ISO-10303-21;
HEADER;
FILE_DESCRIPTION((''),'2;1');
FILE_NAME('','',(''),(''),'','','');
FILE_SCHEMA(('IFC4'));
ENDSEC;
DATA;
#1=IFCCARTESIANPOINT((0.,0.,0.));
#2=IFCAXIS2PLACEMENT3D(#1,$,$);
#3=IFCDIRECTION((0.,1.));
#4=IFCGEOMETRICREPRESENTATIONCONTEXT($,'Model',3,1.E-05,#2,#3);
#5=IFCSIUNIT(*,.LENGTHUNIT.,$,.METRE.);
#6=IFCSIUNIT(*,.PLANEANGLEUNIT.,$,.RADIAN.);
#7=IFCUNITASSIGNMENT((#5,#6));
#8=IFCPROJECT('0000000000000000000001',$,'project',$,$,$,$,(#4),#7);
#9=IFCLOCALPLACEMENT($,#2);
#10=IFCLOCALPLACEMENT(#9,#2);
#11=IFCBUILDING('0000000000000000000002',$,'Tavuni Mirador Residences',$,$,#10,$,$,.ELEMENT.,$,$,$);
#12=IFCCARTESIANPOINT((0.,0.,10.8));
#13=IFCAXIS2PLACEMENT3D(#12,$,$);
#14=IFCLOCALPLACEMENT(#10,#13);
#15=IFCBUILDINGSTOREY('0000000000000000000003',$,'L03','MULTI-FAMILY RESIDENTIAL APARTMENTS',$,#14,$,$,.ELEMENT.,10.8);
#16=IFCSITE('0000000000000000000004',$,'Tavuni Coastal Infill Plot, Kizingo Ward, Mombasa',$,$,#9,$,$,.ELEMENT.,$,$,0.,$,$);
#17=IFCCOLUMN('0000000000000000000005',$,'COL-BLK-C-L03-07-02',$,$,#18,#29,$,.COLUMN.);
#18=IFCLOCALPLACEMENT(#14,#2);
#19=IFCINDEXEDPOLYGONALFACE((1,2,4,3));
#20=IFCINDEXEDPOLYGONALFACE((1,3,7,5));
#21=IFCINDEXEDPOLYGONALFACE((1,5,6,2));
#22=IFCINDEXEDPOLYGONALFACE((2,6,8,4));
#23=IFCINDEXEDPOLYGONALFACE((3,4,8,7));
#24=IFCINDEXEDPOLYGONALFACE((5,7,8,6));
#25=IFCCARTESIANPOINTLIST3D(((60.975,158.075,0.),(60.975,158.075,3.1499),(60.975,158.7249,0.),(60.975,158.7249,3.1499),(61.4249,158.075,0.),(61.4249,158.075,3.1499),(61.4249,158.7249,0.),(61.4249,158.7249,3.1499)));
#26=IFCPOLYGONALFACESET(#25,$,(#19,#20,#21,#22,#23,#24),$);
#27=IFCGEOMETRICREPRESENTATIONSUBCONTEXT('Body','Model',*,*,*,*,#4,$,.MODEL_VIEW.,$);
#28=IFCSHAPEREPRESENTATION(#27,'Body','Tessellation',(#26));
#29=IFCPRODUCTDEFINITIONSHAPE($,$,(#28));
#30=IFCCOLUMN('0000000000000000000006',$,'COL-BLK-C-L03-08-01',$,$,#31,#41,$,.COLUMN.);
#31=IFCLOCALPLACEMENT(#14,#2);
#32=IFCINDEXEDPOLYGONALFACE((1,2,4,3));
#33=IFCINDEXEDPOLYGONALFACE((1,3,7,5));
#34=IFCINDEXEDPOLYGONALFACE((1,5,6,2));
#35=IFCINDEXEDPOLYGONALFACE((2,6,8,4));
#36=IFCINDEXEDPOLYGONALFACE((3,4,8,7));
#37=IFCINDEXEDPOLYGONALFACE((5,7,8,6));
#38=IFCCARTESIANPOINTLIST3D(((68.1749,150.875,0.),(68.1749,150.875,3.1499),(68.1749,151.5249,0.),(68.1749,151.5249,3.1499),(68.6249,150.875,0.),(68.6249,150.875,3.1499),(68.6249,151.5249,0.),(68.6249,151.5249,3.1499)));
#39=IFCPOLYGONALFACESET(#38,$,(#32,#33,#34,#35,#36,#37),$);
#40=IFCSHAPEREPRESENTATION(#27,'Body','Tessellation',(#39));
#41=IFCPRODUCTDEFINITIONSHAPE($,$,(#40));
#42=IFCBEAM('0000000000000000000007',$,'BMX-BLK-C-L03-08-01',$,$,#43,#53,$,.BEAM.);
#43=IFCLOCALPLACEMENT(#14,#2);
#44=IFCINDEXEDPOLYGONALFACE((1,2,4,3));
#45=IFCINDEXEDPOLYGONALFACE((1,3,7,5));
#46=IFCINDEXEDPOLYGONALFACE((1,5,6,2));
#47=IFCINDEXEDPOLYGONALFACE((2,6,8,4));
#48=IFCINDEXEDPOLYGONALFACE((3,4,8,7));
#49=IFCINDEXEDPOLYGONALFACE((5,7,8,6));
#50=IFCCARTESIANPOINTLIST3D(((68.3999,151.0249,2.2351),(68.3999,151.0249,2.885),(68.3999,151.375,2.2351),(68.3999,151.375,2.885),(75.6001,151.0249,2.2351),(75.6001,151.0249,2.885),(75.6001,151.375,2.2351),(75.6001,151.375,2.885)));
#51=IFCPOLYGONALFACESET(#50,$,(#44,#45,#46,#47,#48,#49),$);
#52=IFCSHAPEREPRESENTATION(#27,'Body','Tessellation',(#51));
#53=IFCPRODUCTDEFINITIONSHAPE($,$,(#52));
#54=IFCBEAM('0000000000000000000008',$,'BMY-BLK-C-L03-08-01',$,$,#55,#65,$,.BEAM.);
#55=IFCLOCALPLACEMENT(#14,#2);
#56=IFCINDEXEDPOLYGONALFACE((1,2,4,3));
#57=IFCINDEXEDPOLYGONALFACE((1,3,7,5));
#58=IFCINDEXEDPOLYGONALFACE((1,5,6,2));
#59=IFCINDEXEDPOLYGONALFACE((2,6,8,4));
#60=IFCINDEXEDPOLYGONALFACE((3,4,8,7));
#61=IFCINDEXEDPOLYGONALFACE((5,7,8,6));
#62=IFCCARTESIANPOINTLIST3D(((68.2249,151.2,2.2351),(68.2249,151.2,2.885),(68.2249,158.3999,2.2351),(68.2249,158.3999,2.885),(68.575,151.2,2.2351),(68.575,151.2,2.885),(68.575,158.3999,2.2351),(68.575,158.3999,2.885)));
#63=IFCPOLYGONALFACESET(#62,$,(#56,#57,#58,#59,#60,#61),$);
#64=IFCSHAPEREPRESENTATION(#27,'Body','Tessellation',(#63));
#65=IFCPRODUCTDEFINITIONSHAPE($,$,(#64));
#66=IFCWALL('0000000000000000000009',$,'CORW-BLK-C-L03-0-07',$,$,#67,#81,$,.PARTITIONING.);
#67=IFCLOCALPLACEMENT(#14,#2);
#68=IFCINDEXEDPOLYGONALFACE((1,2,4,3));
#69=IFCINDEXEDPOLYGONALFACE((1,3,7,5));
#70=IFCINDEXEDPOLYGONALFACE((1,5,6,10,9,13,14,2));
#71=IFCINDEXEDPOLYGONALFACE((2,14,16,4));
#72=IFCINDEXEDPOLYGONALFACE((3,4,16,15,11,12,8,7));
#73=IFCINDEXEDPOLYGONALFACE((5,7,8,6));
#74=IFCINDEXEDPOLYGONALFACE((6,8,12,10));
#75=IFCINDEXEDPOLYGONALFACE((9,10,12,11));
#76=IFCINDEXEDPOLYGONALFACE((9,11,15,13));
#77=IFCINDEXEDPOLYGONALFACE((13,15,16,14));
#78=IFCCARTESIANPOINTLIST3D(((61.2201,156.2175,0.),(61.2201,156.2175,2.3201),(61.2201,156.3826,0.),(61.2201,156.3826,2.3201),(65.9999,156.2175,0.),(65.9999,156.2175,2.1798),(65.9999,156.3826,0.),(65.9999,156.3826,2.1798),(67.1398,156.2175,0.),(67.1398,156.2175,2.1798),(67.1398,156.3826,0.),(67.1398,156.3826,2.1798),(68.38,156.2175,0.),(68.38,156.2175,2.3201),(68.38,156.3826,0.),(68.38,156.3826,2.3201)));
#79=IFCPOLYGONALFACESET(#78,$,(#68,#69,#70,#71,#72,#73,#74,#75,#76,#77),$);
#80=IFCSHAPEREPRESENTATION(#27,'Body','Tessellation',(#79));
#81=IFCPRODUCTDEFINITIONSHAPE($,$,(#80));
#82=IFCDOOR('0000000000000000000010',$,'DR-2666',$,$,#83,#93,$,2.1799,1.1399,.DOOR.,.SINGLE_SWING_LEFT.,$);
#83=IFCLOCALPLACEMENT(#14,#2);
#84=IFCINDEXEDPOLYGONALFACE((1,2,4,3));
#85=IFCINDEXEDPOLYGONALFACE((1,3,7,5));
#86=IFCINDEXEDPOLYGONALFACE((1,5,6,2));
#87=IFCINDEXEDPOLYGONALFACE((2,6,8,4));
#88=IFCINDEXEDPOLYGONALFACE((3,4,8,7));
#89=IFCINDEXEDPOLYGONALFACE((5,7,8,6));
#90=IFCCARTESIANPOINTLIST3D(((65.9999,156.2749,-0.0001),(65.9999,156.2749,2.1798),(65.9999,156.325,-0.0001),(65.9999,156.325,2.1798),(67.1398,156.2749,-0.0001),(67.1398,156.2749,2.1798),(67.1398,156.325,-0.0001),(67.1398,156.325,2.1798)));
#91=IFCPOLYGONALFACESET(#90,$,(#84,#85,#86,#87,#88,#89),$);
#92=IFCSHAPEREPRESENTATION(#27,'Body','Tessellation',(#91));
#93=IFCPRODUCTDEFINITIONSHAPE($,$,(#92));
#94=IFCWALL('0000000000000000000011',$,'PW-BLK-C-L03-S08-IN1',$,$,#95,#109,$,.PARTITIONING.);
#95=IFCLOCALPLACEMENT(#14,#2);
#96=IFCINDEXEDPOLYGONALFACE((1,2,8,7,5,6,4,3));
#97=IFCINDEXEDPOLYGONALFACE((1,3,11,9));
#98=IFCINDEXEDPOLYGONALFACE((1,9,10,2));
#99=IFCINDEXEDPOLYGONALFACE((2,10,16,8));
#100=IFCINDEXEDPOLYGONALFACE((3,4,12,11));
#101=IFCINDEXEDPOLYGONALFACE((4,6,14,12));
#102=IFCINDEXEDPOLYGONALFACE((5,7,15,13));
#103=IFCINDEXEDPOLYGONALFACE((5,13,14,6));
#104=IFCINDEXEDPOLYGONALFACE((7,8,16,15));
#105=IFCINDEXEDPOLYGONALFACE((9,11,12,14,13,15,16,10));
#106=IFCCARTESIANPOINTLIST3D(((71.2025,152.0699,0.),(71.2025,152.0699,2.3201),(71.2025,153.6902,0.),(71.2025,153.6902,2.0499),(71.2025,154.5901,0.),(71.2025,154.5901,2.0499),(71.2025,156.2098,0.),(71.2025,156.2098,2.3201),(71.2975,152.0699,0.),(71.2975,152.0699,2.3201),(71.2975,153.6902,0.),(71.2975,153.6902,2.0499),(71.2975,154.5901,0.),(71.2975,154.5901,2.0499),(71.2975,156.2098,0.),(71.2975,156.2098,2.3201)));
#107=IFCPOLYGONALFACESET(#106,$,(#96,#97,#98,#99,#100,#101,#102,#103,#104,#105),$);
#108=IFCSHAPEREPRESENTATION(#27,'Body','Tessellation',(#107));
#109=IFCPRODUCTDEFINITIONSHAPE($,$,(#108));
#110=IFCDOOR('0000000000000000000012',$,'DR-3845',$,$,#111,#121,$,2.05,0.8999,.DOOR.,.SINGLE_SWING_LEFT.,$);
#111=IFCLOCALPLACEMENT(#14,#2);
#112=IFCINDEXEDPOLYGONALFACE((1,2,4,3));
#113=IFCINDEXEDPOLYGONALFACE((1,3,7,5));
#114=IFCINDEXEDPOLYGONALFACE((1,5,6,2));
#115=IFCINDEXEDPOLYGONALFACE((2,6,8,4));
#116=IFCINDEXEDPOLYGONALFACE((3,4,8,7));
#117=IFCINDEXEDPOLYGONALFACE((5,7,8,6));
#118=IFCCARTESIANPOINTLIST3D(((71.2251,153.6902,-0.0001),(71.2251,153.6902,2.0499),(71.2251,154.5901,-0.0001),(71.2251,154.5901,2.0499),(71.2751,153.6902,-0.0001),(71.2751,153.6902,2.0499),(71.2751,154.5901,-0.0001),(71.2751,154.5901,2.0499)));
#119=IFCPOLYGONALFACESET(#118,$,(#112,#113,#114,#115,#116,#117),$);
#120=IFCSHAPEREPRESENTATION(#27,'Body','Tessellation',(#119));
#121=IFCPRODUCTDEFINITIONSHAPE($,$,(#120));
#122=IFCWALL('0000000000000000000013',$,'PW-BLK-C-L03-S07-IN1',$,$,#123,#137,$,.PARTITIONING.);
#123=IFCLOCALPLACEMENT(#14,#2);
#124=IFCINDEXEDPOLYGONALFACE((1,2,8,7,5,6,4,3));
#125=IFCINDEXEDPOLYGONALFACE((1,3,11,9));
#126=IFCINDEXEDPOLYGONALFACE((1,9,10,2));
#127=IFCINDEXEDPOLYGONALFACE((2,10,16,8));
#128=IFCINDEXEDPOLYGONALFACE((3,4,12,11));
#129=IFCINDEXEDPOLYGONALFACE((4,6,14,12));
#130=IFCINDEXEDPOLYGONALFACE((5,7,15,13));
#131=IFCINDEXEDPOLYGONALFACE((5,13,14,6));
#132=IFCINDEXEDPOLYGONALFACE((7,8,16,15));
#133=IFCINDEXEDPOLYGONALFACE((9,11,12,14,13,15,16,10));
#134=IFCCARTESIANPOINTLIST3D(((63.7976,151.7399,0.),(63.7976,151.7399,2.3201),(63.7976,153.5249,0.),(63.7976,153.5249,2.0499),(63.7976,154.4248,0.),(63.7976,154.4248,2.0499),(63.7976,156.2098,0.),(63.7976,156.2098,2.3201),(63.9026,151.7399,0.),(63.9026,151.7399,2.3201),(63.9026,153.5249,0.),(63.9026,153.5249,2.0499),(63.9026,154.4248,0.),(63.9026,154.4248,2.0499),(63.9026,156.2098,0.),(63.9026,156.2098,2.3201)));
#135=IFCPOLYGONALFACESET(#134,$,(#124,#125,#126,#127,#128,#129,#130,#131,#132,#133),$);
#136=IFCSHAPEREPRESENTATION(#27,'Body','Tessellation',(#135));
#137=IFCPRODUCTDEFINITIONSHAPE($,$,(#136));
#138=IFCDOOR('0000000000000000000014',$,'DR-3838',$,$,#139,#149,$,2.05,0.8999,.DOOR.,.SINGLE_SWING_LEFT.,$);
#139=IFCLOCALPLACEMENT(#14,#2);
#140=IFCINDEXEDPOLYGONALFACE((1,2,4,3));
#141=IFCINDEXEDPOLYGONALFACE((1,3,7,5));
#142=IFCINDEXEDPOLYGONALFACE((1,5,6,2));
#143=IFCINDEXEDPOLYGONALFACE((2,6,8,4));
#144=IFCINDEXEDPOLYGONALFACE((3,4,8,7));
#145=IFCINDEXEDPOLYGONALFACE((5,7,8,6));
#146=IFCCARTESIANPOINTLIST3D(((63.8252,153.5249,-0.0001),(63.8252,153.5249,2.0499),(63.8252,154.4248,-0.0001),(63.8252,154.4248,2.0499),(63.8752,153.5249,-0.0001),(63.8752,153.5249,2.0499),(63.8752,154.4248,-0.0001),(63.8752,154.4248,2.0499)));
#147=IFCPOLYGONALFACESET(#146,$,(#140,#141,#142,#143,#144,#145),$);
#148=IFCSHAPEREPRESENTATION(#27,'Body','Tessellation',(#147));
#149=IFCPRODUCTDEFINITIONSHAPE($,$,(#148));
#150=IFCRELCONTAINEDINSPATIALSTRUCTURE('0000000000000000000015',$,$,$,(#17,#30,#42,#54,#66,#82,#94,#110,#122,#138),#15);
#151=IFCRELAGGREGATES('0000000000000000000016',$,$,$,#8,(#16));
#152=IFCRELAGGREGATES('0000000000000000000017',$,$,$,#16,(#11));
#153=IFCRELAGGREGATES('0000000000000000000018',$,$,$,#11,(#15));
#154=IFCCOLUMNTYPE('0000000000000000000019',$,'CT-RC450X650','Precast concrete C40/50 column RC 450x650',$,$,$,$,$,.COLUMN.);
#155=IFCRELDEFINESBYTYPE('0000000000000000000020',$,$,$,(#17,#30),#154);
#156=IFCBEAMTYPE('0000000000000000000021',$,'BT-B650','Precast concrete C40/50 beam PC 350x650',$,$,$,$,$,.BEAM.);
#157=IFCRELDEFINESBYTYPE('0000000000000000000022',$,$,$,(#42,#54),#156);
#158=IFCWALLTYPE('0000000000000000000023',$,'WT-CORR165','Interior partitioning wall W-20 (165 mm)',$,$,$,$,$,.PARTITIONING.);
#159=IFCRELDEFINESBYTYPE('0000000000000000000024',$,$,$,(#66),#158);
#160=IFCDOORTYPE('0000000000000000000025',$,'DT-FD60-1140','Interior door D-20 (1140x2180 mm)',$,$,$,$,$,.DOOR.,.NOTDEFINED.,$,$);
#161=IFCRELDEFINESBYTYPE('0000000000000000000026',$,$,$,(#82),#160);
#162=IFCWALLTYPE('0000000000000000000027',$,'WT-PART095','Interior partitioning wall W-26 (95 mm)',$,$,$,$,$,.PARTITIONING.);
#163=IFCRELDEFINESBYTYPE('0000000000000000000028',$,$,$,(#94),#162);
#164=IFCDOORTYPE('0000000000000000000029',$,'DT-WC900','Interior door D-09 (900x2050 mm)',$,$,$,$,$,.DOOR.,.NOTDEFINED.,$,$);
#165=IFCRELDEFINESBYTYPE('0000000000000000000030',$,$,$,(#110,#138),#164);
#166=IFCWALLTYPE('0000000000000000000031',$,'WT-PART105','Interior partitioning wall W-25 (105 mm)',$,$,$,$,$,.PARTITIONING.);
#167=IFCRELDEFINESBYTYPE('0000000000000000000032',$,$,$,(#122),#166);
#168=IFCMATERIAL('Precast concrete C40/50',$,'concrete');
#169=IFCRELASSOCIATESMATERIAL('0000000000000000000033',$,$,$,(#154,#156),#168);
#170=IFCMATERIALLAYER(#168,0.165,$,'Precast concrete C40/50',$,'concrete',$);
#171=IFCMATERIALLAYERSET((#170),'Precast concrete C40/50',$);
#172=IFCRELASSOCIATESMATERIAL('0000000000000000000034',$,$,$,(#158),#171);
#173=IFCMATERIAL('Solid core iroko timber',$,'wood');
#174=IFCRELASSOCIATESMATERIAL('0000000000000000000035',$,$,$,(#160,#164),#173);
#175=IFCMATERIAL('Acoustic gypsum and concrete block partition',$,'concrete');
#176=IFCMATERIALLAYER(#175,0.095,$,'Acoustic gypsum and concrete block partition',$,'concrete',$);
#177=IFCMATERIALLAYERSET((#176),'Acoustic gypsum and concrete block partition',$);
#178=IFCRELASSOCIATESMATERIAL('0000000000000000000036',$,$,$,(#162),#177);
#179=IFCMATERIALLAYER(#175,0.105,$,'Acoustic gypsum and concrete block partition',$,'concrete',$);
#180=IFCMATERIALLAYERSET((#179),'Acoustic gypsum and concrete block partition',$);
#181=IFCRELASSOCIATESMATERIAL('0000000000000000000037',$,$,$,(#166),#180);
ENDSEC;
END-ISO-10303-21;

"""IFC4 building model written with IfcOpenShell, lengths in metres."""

from ifc_helpers import new_model, si_unit, direction, frame, frame_2d, origin, origin_2d, place, context, subcontext, project, spatial, rectangle, extrude, material, layer, layer_set, material_profile, profile_set, type_object, element, fill, save


model = new_model("IFC4")

# Units and contexts
model_context = context("Model", 3, precision=1e-05, world=origin(), true_north=direction((0.0, 1.0)))
body_context = subcontext(model_context, "Body", "Model", "MODEL_VIEW")
ifc_project = project(units=[si_unit("LENGTHUNIT", "METRE"), si_unit("PLANEANGLEUNIT", "RADIAN")], contexts=[model_context])

# Site, building, storey
site_placement = place(None, origin())
site = spatial("IfcSite", under=ifc_project, at=site_placement, Name="Tavuni Coastal Infill Plot, Kizingo Ward, Mombasa", CompositionType="ELEMENT", RefElevation=0.0)
building_placement = place(site_placement, origin())
building = spatial("IfcBuilding", under=site, at=building_placement, Name="Tavuni Mirador Residences", CompositionType="ELEMENT")
storey_placement = place(building_placement, frame((0.0, 0.0, 10.8)))
storey = spatial("IfcBuildingStorey", under=building, at=storey_placement, Name="L03", Description="MULTI-FAMILY RESIDENTIAL APARTMENTS", CompositionType="ELEMENT", Elevation=10.8)

# Columns
ifc_material_1 = material(Name="Precast concrete C40/50", Category="concrete")
ifc_material_profile_1 = material_profile(ifc_material_1, rectangle(XDim=0.45, YDim=0.6499, at=origin_2d()), Name="RC 450x650", Category="concrete")
ifc_profile_set_1 = profile_set([ifc_material_profile_1], Name="Precast concrete C40/50")
column_type = type_object("IfcColumnType", Name="CT-RC450X650", Description="Precast concrete C40/50 column RC 450x650", PredefinedType="COLUMN", material=ifc_profile_set_1)
for number, where, z_axis, x_axis, name in (
    (1, (61.2, 158.3999, 0.0), (0.0, 0.0, 1.0), (1.0, 0.0, 0.0), "COL-BLK-C-L03-07-02"),
    (2, (68.3999, 151.2, 0.0), (0.0, 0.0, 1.0), (1.0, 0.0, 0.0), "COL-BLK-C-L03-08-01"),
):
    element("IfcColumn", number, at=place(storey_placement, frame(where, z_axis=z_axis, x_axis=x_axis)), inside=storey, type_object=column_type, Name=name, PredefinedType="COLUMN", context=body_context, shape_type="SweptSolid", body=[
        extrude(rectangle(XDim=0.45, YDim=0.6499, at=origin_2d()), origin(), (0.0, 0.0, 1.0), 3.1499),
    ])

# Beams
ifc_material_profile_2 = material_profile(ifc_material_1, rectangle(XDim=0.3501, YDim=0.6499, at=origin_2d()), Name="PC 350x650", Category="concrete")
ifc_profile_set_2 = profile_set([ifc_material_profile_2], Name="Precast concrete C40/50")
beam_type = type_object("IfcBeamType", Name="BT-B650", Description="Precast concrete C40/50 beam PC 350x650", PredefinedType="BEAM", material=ifc_profile_set_2)
beam_1_placement = place(storey_placement, frame((68.3999, 151.2, 2.5601), z_axis=(1.0, 0.0, 0.0), x_axis=(0.0, 1.0, 0.0)))
element("IfcBeam", 3, at=beam_1_placement, inside=storey, type_object=beam_type, Name="BMX-BLK-C-L03-08-01", PredefinedType="BEAM", context=body_context, shape_type="SweptSolid", body=[
    extrude(rectangle(XDim=0.3501, YDim=0.6499, at=origin_2d()), origin(), (0.0, 0.0, 1.0), 7.2002),
])
beam_2_placement = place(storey_placement, frame((68.3999, 151.2, 2.5601), z_axis=(0.0, 1.0, 0.0), x_axis=(-1.0, 0.0, 0.0)))
element("IfcBeam", 4, at=beam_2_placement, inside=storey, type_object=beam_type, Name="BMY-BLK-C-L03-08-01", PredefinedType="BEAM", context=body_context, shape_type="SweptSolid", body=[
    extrude(rectangle(XDim=0.3501, YDim=0.6499, at=origin_2d()), origin(), (0.0, 0.0, 1.0), 7.2),
])

# Walls, openings, doors
ifc_layer_1 = layer(ifc_material_1, 0.165, Name="Precast concrete C40/50", Category="concrete")
ifc_layer_set_1 = layer_set([ifc_layer_1], Name="Precast concrete C40/50")
wall_type_1 = type_object("IfcWallType", Name="WT-CORR165", Description="Interior partitioning wall W-20 (165 mm)", PredefinedType="PARTITIONING", material=ifc_layer_set_1)
wall_1_placement = place(storey_placement, frame((61.22, 156.3, 0.0), z_axis=(0.0, 0.0, 1.0), x_axis=(1.0, 0.0, 0.0)))
wall_1 = element("IfcWall", 5, at=wall_1_placement, inside=storey, type_object=wall_type_1, Name="CORW-BLK-C-L03-0-07", PredefinedType="PARTITIONING", context=body_context, shape_type="SweptSolid", body=[
    extrude(rectangle(XDim=7.1599, YDim=0.165, at=frame_2d((3.5801, 0.0))), origin(), (0.0, 0.0, 1.0), 2.3201),
])
opening_1_placement = place(wall_1_placement, frame((4.78, 0.0, 0.0)))
opening_1 = element("IfcOpeningElement", 6, at=opening_1_placement, cuts=wall_1, PredefinedType="OPENING", context=body_context, shape_type="SweptSolid", body=[
    extrude(rectangle(XDim=1.1399, YDim=2.1799, at=frame_2d((0.5698, 1.0898))), frame((0.0, 0.0925, 0.0), z_axis=(0.0, -1.0, 0.0), x_axis=(1.0, 0.0, 0.0)), (0.0, 0.0, 1.0), 0.1851),
])
ifc_material_2 = material(Name="Solid core iroko timber", Category="wood")
door_type_1 = type_object("IfcDoorType", Name="DT-FD60-1140", Description="Interior door D-20 (1140x2180 mm)", OperationType="NOTDEFINED", PredefinedType="DOOR", material=ifc_material_2)
door_1_placement = place(opening_1_placement, origin())
door_1 = element("IfcDoor", 7, at=door_1_placement, inside=storey, type_object=door_type_1, Name="DR-2666", OperationType="SINGLE_SWING_LEFT", OverallHeight=2.1799, OverallWidth=1.1399, PredefinedType="DOOR", context=body_context, shape_type="SweptSolid", body=[
    extrude(rectangle(XDim=1.1399, YDim=2.1799, at=frame_2d((0.5698, 1.0898))), frame((0.0, 0.0249, 0.0), z_axis=(0.0, -1.0, 0.0), x_axis=(1.0, 0.0, 0.0)), (0.0, 0.0, 1.0), 0.05),
])
fill(opening_1, door_1)
ifc_material_3 = material(Name="Acoustic gypsum and concrete block partition", Category="concrete")
ifc_layer_2 = layer(ifc_material_3, 0.095, Name="Acoustic gypsum and concrete block partition", Category="concrete")
ifc_layer_set_2 = layer_set([ifc_layer_2], Name="Acoustic gypsum and concrete block partition")
wall_type_2 = type_object("IfcWallType", Name="WT-PART095", Description="Interior partitioning wall W-26 (95 mm)", PredefinedType="PARTITIONING", material=ifc_layer_set_2)
wall_2_placement = place(storey_placement, frame((71.25, 152.0701, 0.0), z_axis=(0.0, 0.0, 1.0), x_axis=(0.0, 1.0, 0.0)))
wall_2 = element("IfcWall", 8, at=wall_2_placement, inside=storey, type_object=wall_type_2, Name="PW-BLK-C-L03-S08-IN1", PredefinedType="PARTITIONING", context=body_context, shape_type="SweptSolid", body=[
    extrude(rectangle(XDim=4.1399, YDim=0.095, at=frame_2d((2.0698, 0.0))), origin(), (0.0, 0.0, 1.0), 2.3201),
])
opening_2_placement = place(wall_2_placement, frame((1.6201, 0.0, 0.0)))
opening_2 = element("IfcOpeningElement", 9, at=opening_2_placement, cuts=wall_2, PredefinedType="OPENING", context=body_context, shape_type="SweptSolid", body=[
    extrude(rectangle(XDim=0.8999, YDim=2.05, at=frame_2d((0.45, 1.0249))), frame((0.0, 0.0576, 0.0), z_axis=(0.0, -1.0, 0.0), x_axis=(1.0, 0.0, 0.0)), (0.0, 0.0, 1.0), 0.115),
])
door_type_2 = type_object("IfcDoorType", Name="DT-WC900", Description="Interior door D-09 (900x2050 mm)", OperationType="NOTDEFINED", PredefinedType="DOOR", material=ifc_material_2)
door_2_placement = place(opening_2_placement, origin())
door_2 = element("IfcDoor", 10, at=door_2_placement, inside=storey, type_object=door_type_2, Name="DR-3845", OperationType="SINGLE_SWING_LEFT", OverallHeight=2.05, OverallWidth=0.8999, PredefinedType="DOOR", context=body_context, shape_type="SweptSolid", body=[
    extrude(rectangle(XDim=0.8999, YDim=2.05, at=frame_2d((0.45, 1.0249))), frame((0.0, 0.0249, 0.0), z_axis=(0.0, -1.0, 0.0), x_axis=(1.0, 0.0, 0.0)), (0.0, 0.0, 1.0), 0.05),
])
fill(opening_2, door_2)
ifc_layer_3 = layer(ifc_material_3, 0.105, Name="Acoustic gypsum and concrete block partition", Category="concrete")
ifc_layer_set_3 = layer_set([ifc_layer_3], Name="Acoustic gypsum and concrete block partition")
wall_type_3 = type_object("IfcWallType", Name="WT-PART105", Description="Interior partitioning wall W-25 (105 mm)", PredefinedType="PARTITIONING", material=ifc_layer_set_3)
wall_3_placement = place(storey_placement, frame((63.8501, 151.74, 0.0), z_axis=(0.0, 0.0, 1.0), x_axis=(0.0, 1.0, 0.0)))
wall_3 = element("IfcWall", 11, at=wall_3_placement, inside=storey, type_object=wall_type_3, Name="PW-BLK-C-L03-S07-IN1", PredefinedType="PARTITIONING", context=body_context, shape_type="SweptSolid", body=[
    extrude(rectangle(XDim=4.47, YDim=0.105, at=frame_2d((2.2349, 0.0))), origin(), (0.0, 0.0, 1.0), 2.3201),
])
opening_3_placement = place(wall_3_placement, frame((1.7849, 0.0, 0.0)))
opening_3 = element("IfcOpeningElement", 12, at=opening_3_placement, cuts=wall_3, PredefinedType="OPENING", context=body_context, shape_type="SweptSolid", body=[
    extrude(rectangle(XDim=0.8999, YDim=2.05, at=frame_2d((0.45, 1.0249))), frame((0.0, 0.0625, 0.0), z_axis=(0.0, -1.0, 0.0), x_axis=(1.0, 0.0, 0.0)), (0.0, 0.0, 1.0), 0.125),
])
door_3_placement = place(opening_3_placement, origin())
door_3 = element("IfcDoor", 13, at=door_3_placement, inside=storey, type_object=door_type_2, Name="DR-3838", OperationType="SINGLE_SWING_LEFT", OverallHeight=2.05, OverallWidth=0.8999, PredefinedType="DOOR", context=body_context, shape_type="SweptSolid", body=[
    extrude(rectangle(XDim=0.8999, YDim=2.05, at=frame_2d((0.45, 1.0249))), frame((0.0, 0.0249, 0.0), z_axis=(0.0, -1.0, 0.0), x_axis=(1.0, 0.0, 0.0)), (0.0, 0.0, 1.0), 0.05),
])
fill(opening_3, door_3)

save(model, "model.ifc")
